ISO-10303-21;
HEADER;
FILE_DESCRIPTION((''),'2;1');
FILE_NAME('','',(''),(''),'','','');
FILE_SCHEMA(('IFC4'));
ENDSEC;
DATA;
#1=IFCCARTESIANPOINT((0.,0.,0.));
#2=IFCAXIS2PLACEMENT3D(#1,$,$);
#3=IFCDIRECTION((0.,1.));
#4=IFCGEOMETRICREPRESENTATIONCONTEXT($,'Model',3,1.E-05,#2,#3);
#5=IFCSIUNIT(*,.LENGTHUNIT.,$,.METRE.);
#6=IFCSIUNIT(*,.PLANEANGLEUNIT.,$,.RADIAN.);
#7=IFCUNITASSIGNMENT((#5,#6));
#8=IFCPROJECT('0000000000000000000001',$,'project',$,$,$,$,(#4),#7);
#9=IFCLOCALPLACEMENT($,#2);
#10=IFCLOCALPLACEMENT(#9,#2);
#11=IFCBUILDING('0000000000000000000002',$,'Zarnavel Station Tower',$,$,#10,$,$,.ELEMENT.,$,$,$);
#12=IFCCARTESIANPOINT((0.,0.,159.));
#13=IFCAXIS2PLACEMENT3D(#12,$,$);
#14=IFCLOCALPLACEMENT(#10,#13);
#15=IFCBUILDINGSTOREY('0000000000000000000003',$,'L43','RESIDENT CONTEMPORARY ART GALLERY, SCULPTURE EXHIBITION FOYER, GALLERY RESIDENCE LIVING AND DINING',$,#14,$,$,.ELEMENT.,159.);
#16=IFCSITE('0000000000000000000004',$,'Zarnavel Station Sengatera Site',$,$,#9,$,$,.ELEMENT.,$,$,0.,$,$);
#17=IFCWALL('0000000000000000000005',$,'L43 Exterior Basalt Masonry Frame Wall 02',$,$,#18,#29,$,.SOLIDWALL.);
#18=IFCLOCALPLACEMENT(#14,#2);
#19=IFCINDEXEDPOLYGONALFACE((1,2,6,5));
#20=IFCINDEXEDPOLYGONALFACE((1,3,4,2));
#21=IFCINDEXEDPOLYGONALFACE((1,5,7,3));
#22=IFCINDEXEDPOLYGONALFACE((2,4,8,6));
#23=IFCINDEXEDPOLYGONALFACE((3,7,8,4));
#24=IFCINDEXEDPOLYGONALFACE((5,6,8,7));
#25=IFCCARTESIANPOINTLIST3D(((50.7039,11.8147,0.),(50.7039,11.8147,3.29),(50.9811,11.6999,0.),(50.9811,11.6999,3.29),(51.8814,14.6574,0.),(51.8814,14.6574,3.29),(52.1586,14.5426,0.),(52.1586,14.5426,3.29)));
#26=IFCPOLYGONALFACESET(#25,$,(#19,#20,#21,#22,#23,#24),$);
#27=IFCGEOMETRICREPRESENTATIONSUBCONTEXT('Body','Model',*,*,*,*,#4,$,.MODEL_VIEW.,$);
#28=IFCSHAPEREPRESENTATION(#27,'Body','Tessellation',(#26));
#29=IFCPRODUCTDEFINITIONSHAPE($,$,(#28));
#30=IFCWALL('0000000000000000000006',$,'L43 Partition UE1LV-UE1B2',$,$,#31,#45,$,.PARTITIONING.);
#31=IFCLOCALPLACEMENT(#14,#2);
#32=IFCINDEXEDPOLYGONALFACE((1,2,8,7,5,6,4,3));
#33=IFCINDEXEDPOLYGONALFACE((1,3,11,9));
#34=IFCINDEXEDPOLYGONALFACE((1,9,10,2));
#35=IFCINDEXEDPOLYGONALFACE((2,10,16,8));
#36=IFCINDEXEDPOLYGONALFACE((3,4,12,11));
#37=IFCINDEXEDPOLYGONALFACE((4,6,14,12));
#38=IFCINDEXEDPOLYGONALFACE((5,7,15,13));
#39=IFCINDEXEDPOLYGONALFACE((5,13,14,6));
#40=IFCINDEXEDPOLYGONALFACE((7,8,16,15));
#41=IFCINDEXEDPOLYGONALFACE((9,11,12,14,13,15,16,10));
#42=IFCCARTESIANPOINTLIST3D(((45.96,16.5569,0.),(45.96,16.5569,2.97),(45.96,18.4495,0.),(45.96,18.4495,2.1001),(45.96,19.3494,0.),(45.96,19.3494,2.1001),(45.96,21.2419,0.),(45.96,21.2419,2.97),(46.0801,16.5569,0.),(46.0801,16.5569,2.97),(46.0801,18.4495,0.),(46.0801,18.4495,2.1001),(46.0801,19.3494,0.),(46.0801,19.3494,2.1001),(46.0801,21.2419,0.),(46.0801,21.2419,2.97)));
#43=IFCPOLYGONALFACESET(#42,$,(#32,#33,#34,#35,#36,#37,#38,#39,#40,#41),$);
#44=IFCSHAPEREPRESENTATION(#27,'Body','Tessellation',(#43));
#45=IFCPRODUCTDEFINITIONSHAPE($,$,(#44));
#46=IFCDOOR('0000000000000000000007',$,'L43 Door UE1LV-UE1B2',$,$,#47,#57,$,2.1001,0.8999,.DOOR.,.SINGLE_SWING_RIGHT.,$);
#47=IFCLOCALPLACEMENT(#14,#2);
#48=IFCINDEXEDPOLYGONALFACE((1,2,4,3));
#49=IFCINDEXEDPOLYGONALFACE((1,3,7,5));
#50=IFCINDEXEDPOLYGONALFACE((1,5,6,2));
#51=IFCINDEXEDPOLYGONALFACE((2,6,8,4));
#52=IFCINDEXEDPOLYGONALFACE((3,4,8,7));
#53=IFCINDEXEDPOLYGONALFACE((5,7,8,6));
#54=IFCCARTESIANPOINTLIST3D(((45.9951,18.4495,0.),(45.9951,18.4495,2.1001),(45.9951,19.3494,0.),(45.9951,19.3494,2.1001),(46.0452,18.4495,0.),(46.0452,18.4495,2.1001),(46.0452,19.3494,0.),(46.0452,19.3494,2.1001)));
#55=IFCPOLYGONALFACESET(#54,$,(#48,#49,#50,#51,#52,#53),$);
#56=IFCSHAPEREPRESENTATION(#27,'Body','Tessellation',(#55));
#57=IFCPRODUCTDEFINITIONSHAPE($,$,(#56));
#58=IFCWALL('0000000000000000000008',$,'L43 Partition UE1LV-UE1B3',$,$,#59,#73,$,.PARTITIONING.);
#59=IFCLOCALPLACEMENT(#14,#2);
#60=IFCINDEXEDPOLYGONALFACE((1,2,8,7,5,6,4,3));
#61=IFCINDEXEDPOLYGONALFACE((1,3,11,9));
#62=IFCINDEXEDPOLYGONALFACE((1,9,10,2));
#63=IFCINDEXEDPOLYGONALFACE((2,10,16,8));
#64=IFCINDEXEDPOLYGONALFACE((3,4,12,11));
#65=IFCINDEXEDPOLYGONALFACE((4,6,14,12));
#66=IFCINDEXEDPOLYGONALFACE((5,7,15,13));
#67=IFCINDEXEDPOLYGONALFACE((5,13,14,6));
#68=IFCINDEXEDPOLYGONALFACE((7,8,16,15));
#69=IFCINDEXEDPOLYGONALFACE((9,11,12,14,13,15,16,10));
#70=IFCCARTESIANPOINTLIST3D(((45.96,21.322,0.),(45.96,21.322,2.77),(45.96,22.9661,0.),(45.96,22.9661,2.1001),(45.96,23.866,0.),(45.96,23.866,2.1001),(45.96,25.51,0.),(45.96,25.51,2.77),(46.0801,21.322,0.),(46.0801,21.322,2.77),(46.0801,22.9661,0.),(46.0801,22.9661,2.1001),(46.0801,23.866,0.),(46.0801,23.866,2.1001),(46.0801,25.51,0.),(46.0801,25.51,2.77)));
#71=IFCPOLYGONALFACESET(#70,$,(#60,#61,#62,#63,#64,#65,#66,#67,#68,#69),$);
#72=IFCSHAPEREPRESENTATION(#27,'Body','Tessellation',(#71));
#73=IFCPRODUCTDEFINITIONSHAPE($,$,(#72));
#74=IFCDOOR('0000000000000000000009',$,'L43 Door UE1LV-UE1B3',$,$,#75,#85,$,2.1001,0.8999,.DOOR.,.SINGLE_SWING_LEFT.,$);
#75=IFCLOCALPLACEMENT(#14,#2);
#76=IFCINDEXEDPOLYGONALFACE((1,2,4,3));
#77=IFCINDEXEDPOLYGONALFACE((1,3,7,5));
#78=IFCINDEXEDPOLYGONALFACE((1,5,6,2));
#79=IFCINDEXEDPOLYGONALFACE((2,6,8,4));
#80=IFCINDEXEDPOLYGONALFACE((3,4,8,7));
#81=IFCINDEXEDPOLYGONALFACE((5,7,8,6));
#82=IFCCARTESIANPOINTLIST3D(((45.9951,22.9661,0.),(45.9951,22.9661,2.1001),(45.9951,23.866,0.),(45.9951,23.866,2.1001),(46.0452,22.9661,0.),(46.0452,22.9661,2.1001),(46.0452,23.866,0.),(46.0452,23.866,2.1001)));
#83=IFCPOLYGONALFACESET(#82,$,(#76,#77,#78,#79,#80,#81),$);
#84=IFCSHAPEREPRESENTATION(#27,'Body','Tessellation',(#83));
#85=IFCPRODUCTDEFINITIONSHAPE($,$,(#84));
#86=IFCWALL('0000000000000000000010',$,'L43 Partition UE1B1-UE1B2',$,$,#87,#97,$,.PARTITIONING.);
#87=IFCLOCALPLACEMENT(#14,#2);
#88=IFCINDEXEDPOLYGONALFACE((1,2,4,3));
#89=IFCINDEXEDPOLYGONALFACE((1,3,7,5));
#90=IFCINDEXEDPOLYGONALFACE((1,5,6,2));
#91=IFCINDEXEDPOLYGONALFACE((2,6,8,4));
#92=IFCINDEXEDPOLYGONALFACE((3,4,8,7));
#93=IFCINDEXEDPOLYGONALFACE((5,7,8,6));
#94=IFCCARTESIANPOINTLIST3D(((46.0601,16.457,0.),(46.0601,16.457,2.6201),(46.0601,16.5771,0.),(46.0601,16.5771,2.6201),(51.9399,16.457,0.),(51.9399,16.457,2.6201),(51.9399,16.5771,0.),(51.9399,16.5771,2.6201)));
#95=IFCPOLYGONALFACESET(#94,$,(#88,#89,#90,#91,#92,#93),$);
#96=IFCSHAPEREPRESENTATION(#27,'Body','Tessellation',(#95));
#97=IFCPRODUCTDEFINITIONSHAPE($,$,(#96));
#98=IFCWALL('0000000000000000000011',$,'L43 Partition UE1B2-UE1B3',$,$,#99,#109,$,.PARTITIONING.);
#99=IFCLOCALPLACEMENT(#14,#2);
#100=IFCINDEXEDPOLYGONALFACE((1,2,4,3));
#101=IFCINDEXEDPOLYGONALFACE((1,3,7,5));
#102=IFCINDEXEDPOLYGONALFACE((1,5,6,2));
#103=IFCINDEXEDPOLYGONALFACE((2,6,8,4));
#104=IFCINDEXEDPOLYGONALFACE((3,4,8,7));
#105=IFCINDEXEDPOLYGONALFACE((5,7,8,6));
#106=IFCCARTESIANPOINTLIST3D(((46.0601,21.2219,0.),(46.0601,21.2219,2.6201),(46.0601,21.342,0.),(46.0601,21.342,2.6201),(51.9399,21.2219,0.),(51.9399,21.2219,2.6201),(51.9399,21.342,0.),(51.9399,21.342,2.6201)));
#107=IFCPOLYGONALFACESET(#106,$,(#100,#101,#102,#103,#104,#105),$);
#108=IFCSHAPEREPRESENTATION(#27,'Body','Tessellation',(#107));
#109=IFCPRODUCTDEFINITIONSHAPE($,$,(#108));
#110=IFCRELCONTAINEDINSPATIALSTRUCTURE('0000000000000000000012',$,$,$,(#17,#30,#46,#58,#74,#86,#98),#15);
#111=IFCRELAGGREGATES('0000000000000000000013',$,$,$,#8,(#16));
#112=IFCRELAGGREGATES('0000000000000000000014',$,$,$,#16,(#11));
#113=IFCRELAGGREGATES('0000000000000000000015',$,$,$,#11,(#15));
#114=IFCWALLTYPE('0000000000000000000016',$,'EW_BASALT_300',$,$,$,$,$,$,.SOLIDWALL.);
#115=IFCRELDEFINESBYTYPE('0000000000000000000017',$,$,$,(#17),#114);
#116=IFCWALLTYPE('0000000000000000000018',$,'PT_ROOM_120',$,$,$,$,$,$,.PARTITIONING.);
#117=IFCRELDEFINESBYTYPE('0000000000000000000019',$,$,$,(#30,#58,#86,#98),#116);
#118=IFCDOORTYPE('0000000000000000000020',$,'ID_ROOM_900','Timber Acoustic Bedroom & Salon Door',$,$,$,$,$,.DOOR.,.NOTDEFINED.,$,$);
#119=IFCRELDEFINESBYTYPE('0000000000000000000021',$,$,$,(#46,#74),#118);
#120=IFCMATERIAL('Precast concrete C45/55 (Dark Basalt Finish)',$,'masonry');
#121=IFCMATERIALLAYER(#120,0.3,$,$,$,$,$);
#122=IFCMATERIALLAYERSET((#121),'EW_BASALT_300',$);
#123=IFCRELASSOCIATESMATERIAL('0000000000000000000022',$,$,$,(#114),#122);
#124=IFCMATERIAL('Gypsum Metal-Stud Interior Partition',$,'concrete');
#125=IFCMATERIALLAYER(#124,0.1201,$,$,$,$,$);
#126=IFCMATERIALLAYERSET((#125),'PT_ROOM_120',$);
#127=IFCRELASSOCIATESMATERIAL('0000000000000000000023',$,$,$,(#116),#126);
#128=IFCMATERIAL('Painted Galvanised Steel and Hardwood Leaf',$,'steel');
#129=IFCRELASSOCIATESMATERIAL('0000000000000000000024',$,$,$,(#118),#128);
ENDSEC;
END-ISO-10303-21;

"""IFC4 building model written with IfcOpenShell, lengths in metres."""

from ifc_helpers import new_model, si_unit, direction, frame, frame_2d, origin, place, context, subcontext, project, spatial, rectangle, extrude, material, layer, layer_set, type_object, element, fill, save


model = new_model("IFC4")

# Units and contexts
model_context = context("Model", 3, precision=1e-05, world=origin(), true_north=direction((0.0, 1.0)))
body_context = subcontext(model_context, "Body", "Model", "MODEL_VIEW")
ifc_project = project(units=[si_unit("LENGTHUNIT", "METRE"), si_unit("PLANEANGLEUNIT", "RADIAN")], contexts=[model_context])

# Site, building, storey
site_placement = place(None, origin())
site = spatial("IfcSite", under=ifc_project, at=site_placement, Name="Zarnavel Station Sengatera Site", CompositionType="ELEMENT", RefElevation=0.0)
building_placement = place(site_placement, origin())
building = spatial("IfcBuilding", under=site, at=building_placement, Name="Zarnavel Station Tower", CompositionType="ELEMENT")
storey_placement = place(building_placement, frame((0.0, 0.0, 159.0)))
storey = spatial("IfcBuildingStorey", under=building, at=storey_placement, Name="L43", Description="RESIDENT CONTEMPORARY ART GALLERY, SCULPTURE EXHIBITION FOYER, GALLERY RESIDENCE LIVING AND DINING", CompositionType="ELEMENT", Elevation=159.0)

# Wall
ifc_material_1 = material(Name="Precast concrete C45/55 (Dark Basalt Finish)", Category="masonry")
ifc_layer_1 = layer(ifc_material_1, 0.3)
ifc_layer_set_1 = layer_set([ifc_layer_1], Name="EW_BASALT_300")
wall_type_1 = type_object("IfcWallType", Name="EW_BASALT_300", PredefinedType="SOLIDWALL", material=ifc_layer_set_1)
wall_1_placement = place(storey_placement, frame((52.02, 14.6001, 0.0), z_axis=(0.0, 0.0, 1.0), x_axis=(-0.382676, -0.923882, 0.0)))
element("IfcWall", 1, at=wall_1_placement, inside=storey, type_object=wall_type_1, Name="L43 Exterior Basalt Masonry Frame Wall 02", PredefinedType="SOLIDWALL", context=body_context, shape_type="SweptSolid", body=[
    extrude(rectangle(XDim=3.0769, YDim=0.3, at=frame_2d((1.5386, 0.0))), origin(), (0.0, 0.0, 1.0), 3.29),
])

# Walls, openings, doors
ifc_material_2 = material(Name="Gypsum Metal-Stud Interior Partition", Category="concrete")
ifc_layer_2 = layer(ifc_material_2, 0.1201)
ifc_layer_set_2 = layer_set([ifc_layer_2], Name="PT_ROOM_120")
wall_type_2 = type_object("IfcWallType", Name="PT_ROOM_120", PredefinedType="PARTITIONING", material=ifc_layer_set_2)
wall_2_placement = place(storey_placement, frame((46.02, 16.5569, 0.0), z_axis=(0.0, 0.0, 1.0), x_axis=(0.0, 1.0, 0.0)))
wall_2 = element("IfcWall", 2, at=wall_2_placement, inside=storey, type_object=wall_type_2, Name="L43 Partition UE1LV-UE1B2", PredefinedType="PARTITIONING", context=body_context, shape_type="SweptSolid", body=[
    extrude(rectangle(XDim=4.6851, YDim=0.1201, at=frame_2d((2.3425, 0.0))), origin(), (0.0, 0.0, 1.0), 2.97),
])
opening_1_placement = place(wall_2_placement, frame((1.8926, 0.0, 0.0)))
opening_1 = element("IfcOpeningElement", 3, at=opening_1_placement, cuts=wall_2, PredefinedType="OPENING", context=body_context, shape_type="SweptSolid", body=[
    extrude(rectangle(XDim=0.8999, YDim=2.1001, at=frame_2d((0.45, 1.05))), frame((0.0, 0.0701, 0.0), z_axis=(0.0, -1.0, 0.0), x_axis=(1.0, 0.0, 0.0)), (0.0, 0.0, 1.0), 0.1401),
])
ifc_material_3 = material(Name="Painted Galvanised Steel and Hardwood Leaf", Category="steel")
door_type = type_object("IfcDoorType", Name="ID_ROOM_900", Description="Timber Acoustic Bedroom & Salon Door", OperationType="NOTDEFINED", PredefinedType="DOOR", material=ifc_material_3)
door_1_placement = place(opening_1_placement, origin())
door_1 = element("IfcDoor", 4, at=door_1_placement, inside=storey, type_object=door_type, Name="L43 Door UE1LV-UE1B2", OperationType="SINGLE_SWING_RIGHT", OverallHeight=2.1001, OverallWidth=0.8999, PredefinedType="DOOR", context=body_context, shape_type="SweptSolid", body=[
    extrude(rectangle(XDim=0.8999, YDim=2.1001, at=frame_2d((0.45, 1.05))), frame((0.0, 0.0249, 0.0), z_axis=(0.0, -1.0, 0.0), x_axis=(1.0, 0.0, 0.0)), (0.0, 0.0, 1.0), 0.05),
])
fill(opening_1, door_1)
wall_3_placement = place(storey_placement, frame((46.02, 21.322, 0.0), z_axis=(0.0, 0.0, 1.0), x_axis=(0.0, 1.0, 0.0)))
wall_3 = element("IfcWall", 5, at=wall_3_placement, inside=storey, type_object=wall_type_2, Name="L43 Partition UE1LV-UE1B3", PredefinedType="PARTITIONING", context=body_context, shape_type="SweptSolid", body=[
    extrude(rectangle(XDim=4.188, YDim=0.1201, at=frame_2d((2.094, 0.0))), origin(), (0.0, 0.0, 1.0), 2.77),
])
opening_2_placement = place(wall_3_placement, frame((1.644, 0.0, 0.0)))
opening_2 = element("IfcOpeningElement", 6, at=opening_2_placement, cuts=wall_3, PredefinedType="OPENING", context=body_context, shape_type="SweptSolid", body=[
    extrude(rectangle(XDim=0.8999, YDim=2.1001, at=frame_2d((0.45, 1.05))), frame((0.0, 0.0701, 0.0), z_axis=(0.0, -1.0, 0.0), x_axis=(1.0, 0.0, 0.0)), (0.0, 0.0, 1.0), 0.1401),
])
door_2_placement = place(opening_2_placement, origin())
door_2 = element("IfcDoor", 7, at=door_2_placement, inside=storey, type_object=door_type, Name="L43 Door UE1LV-UE1B3", OperationType="SINGLE_SWING_LEFT", OverallHeight=2.1001, OverallWidth=0.8999, PredefinedType="DOOR", context=body_context, shape_type="SweptSolid", body=[
    extrude(rectangle(XDim=0.8999, YDim=2.1001, at=frame_2d((0.45, 1.05))), frame((0.0, 0.0249, 0.0), z_axis=(0.0, -1.0, 0.0), x_axis=(1.0, 0.0, 0.0)), (0.0, 0.0, 1.0), 0.05),
])
fill(opening_2, door_2)

# Walls
for number, where, z_axis, x_axis, name in (
    (8, (46.0601, 16.5171, 0.0), (0.0, 0.0, 1.0), (1.0, 0.0, 0.0), "L43 Partition UE1B1-UE1B2"),
    (9, (46.0601, 21.282, 0.0), (0.0, 0.0, 1.0), (1.0, 0.0, 0.0), "L43 Partition UE1B2-UE1B3"),
):
    element("IfcWall", number, at=place(storey_placement, frame(where, z_axis=z_axis, x_axis=x_axis)), inside=storey, type_object=wall_type_2, Name=name, PredefinedType="PARTITIONING", context=body_context, shape_type="SweptSolid", body=[
        extrude(rectangle(XDim=5.8799, YDim=0.1201, at=frame_2d((2.9399, 0.0))), origin(), (0.0, 0.0, 1.0), 2.6201),
    ])

save(model, "model.ifc")
